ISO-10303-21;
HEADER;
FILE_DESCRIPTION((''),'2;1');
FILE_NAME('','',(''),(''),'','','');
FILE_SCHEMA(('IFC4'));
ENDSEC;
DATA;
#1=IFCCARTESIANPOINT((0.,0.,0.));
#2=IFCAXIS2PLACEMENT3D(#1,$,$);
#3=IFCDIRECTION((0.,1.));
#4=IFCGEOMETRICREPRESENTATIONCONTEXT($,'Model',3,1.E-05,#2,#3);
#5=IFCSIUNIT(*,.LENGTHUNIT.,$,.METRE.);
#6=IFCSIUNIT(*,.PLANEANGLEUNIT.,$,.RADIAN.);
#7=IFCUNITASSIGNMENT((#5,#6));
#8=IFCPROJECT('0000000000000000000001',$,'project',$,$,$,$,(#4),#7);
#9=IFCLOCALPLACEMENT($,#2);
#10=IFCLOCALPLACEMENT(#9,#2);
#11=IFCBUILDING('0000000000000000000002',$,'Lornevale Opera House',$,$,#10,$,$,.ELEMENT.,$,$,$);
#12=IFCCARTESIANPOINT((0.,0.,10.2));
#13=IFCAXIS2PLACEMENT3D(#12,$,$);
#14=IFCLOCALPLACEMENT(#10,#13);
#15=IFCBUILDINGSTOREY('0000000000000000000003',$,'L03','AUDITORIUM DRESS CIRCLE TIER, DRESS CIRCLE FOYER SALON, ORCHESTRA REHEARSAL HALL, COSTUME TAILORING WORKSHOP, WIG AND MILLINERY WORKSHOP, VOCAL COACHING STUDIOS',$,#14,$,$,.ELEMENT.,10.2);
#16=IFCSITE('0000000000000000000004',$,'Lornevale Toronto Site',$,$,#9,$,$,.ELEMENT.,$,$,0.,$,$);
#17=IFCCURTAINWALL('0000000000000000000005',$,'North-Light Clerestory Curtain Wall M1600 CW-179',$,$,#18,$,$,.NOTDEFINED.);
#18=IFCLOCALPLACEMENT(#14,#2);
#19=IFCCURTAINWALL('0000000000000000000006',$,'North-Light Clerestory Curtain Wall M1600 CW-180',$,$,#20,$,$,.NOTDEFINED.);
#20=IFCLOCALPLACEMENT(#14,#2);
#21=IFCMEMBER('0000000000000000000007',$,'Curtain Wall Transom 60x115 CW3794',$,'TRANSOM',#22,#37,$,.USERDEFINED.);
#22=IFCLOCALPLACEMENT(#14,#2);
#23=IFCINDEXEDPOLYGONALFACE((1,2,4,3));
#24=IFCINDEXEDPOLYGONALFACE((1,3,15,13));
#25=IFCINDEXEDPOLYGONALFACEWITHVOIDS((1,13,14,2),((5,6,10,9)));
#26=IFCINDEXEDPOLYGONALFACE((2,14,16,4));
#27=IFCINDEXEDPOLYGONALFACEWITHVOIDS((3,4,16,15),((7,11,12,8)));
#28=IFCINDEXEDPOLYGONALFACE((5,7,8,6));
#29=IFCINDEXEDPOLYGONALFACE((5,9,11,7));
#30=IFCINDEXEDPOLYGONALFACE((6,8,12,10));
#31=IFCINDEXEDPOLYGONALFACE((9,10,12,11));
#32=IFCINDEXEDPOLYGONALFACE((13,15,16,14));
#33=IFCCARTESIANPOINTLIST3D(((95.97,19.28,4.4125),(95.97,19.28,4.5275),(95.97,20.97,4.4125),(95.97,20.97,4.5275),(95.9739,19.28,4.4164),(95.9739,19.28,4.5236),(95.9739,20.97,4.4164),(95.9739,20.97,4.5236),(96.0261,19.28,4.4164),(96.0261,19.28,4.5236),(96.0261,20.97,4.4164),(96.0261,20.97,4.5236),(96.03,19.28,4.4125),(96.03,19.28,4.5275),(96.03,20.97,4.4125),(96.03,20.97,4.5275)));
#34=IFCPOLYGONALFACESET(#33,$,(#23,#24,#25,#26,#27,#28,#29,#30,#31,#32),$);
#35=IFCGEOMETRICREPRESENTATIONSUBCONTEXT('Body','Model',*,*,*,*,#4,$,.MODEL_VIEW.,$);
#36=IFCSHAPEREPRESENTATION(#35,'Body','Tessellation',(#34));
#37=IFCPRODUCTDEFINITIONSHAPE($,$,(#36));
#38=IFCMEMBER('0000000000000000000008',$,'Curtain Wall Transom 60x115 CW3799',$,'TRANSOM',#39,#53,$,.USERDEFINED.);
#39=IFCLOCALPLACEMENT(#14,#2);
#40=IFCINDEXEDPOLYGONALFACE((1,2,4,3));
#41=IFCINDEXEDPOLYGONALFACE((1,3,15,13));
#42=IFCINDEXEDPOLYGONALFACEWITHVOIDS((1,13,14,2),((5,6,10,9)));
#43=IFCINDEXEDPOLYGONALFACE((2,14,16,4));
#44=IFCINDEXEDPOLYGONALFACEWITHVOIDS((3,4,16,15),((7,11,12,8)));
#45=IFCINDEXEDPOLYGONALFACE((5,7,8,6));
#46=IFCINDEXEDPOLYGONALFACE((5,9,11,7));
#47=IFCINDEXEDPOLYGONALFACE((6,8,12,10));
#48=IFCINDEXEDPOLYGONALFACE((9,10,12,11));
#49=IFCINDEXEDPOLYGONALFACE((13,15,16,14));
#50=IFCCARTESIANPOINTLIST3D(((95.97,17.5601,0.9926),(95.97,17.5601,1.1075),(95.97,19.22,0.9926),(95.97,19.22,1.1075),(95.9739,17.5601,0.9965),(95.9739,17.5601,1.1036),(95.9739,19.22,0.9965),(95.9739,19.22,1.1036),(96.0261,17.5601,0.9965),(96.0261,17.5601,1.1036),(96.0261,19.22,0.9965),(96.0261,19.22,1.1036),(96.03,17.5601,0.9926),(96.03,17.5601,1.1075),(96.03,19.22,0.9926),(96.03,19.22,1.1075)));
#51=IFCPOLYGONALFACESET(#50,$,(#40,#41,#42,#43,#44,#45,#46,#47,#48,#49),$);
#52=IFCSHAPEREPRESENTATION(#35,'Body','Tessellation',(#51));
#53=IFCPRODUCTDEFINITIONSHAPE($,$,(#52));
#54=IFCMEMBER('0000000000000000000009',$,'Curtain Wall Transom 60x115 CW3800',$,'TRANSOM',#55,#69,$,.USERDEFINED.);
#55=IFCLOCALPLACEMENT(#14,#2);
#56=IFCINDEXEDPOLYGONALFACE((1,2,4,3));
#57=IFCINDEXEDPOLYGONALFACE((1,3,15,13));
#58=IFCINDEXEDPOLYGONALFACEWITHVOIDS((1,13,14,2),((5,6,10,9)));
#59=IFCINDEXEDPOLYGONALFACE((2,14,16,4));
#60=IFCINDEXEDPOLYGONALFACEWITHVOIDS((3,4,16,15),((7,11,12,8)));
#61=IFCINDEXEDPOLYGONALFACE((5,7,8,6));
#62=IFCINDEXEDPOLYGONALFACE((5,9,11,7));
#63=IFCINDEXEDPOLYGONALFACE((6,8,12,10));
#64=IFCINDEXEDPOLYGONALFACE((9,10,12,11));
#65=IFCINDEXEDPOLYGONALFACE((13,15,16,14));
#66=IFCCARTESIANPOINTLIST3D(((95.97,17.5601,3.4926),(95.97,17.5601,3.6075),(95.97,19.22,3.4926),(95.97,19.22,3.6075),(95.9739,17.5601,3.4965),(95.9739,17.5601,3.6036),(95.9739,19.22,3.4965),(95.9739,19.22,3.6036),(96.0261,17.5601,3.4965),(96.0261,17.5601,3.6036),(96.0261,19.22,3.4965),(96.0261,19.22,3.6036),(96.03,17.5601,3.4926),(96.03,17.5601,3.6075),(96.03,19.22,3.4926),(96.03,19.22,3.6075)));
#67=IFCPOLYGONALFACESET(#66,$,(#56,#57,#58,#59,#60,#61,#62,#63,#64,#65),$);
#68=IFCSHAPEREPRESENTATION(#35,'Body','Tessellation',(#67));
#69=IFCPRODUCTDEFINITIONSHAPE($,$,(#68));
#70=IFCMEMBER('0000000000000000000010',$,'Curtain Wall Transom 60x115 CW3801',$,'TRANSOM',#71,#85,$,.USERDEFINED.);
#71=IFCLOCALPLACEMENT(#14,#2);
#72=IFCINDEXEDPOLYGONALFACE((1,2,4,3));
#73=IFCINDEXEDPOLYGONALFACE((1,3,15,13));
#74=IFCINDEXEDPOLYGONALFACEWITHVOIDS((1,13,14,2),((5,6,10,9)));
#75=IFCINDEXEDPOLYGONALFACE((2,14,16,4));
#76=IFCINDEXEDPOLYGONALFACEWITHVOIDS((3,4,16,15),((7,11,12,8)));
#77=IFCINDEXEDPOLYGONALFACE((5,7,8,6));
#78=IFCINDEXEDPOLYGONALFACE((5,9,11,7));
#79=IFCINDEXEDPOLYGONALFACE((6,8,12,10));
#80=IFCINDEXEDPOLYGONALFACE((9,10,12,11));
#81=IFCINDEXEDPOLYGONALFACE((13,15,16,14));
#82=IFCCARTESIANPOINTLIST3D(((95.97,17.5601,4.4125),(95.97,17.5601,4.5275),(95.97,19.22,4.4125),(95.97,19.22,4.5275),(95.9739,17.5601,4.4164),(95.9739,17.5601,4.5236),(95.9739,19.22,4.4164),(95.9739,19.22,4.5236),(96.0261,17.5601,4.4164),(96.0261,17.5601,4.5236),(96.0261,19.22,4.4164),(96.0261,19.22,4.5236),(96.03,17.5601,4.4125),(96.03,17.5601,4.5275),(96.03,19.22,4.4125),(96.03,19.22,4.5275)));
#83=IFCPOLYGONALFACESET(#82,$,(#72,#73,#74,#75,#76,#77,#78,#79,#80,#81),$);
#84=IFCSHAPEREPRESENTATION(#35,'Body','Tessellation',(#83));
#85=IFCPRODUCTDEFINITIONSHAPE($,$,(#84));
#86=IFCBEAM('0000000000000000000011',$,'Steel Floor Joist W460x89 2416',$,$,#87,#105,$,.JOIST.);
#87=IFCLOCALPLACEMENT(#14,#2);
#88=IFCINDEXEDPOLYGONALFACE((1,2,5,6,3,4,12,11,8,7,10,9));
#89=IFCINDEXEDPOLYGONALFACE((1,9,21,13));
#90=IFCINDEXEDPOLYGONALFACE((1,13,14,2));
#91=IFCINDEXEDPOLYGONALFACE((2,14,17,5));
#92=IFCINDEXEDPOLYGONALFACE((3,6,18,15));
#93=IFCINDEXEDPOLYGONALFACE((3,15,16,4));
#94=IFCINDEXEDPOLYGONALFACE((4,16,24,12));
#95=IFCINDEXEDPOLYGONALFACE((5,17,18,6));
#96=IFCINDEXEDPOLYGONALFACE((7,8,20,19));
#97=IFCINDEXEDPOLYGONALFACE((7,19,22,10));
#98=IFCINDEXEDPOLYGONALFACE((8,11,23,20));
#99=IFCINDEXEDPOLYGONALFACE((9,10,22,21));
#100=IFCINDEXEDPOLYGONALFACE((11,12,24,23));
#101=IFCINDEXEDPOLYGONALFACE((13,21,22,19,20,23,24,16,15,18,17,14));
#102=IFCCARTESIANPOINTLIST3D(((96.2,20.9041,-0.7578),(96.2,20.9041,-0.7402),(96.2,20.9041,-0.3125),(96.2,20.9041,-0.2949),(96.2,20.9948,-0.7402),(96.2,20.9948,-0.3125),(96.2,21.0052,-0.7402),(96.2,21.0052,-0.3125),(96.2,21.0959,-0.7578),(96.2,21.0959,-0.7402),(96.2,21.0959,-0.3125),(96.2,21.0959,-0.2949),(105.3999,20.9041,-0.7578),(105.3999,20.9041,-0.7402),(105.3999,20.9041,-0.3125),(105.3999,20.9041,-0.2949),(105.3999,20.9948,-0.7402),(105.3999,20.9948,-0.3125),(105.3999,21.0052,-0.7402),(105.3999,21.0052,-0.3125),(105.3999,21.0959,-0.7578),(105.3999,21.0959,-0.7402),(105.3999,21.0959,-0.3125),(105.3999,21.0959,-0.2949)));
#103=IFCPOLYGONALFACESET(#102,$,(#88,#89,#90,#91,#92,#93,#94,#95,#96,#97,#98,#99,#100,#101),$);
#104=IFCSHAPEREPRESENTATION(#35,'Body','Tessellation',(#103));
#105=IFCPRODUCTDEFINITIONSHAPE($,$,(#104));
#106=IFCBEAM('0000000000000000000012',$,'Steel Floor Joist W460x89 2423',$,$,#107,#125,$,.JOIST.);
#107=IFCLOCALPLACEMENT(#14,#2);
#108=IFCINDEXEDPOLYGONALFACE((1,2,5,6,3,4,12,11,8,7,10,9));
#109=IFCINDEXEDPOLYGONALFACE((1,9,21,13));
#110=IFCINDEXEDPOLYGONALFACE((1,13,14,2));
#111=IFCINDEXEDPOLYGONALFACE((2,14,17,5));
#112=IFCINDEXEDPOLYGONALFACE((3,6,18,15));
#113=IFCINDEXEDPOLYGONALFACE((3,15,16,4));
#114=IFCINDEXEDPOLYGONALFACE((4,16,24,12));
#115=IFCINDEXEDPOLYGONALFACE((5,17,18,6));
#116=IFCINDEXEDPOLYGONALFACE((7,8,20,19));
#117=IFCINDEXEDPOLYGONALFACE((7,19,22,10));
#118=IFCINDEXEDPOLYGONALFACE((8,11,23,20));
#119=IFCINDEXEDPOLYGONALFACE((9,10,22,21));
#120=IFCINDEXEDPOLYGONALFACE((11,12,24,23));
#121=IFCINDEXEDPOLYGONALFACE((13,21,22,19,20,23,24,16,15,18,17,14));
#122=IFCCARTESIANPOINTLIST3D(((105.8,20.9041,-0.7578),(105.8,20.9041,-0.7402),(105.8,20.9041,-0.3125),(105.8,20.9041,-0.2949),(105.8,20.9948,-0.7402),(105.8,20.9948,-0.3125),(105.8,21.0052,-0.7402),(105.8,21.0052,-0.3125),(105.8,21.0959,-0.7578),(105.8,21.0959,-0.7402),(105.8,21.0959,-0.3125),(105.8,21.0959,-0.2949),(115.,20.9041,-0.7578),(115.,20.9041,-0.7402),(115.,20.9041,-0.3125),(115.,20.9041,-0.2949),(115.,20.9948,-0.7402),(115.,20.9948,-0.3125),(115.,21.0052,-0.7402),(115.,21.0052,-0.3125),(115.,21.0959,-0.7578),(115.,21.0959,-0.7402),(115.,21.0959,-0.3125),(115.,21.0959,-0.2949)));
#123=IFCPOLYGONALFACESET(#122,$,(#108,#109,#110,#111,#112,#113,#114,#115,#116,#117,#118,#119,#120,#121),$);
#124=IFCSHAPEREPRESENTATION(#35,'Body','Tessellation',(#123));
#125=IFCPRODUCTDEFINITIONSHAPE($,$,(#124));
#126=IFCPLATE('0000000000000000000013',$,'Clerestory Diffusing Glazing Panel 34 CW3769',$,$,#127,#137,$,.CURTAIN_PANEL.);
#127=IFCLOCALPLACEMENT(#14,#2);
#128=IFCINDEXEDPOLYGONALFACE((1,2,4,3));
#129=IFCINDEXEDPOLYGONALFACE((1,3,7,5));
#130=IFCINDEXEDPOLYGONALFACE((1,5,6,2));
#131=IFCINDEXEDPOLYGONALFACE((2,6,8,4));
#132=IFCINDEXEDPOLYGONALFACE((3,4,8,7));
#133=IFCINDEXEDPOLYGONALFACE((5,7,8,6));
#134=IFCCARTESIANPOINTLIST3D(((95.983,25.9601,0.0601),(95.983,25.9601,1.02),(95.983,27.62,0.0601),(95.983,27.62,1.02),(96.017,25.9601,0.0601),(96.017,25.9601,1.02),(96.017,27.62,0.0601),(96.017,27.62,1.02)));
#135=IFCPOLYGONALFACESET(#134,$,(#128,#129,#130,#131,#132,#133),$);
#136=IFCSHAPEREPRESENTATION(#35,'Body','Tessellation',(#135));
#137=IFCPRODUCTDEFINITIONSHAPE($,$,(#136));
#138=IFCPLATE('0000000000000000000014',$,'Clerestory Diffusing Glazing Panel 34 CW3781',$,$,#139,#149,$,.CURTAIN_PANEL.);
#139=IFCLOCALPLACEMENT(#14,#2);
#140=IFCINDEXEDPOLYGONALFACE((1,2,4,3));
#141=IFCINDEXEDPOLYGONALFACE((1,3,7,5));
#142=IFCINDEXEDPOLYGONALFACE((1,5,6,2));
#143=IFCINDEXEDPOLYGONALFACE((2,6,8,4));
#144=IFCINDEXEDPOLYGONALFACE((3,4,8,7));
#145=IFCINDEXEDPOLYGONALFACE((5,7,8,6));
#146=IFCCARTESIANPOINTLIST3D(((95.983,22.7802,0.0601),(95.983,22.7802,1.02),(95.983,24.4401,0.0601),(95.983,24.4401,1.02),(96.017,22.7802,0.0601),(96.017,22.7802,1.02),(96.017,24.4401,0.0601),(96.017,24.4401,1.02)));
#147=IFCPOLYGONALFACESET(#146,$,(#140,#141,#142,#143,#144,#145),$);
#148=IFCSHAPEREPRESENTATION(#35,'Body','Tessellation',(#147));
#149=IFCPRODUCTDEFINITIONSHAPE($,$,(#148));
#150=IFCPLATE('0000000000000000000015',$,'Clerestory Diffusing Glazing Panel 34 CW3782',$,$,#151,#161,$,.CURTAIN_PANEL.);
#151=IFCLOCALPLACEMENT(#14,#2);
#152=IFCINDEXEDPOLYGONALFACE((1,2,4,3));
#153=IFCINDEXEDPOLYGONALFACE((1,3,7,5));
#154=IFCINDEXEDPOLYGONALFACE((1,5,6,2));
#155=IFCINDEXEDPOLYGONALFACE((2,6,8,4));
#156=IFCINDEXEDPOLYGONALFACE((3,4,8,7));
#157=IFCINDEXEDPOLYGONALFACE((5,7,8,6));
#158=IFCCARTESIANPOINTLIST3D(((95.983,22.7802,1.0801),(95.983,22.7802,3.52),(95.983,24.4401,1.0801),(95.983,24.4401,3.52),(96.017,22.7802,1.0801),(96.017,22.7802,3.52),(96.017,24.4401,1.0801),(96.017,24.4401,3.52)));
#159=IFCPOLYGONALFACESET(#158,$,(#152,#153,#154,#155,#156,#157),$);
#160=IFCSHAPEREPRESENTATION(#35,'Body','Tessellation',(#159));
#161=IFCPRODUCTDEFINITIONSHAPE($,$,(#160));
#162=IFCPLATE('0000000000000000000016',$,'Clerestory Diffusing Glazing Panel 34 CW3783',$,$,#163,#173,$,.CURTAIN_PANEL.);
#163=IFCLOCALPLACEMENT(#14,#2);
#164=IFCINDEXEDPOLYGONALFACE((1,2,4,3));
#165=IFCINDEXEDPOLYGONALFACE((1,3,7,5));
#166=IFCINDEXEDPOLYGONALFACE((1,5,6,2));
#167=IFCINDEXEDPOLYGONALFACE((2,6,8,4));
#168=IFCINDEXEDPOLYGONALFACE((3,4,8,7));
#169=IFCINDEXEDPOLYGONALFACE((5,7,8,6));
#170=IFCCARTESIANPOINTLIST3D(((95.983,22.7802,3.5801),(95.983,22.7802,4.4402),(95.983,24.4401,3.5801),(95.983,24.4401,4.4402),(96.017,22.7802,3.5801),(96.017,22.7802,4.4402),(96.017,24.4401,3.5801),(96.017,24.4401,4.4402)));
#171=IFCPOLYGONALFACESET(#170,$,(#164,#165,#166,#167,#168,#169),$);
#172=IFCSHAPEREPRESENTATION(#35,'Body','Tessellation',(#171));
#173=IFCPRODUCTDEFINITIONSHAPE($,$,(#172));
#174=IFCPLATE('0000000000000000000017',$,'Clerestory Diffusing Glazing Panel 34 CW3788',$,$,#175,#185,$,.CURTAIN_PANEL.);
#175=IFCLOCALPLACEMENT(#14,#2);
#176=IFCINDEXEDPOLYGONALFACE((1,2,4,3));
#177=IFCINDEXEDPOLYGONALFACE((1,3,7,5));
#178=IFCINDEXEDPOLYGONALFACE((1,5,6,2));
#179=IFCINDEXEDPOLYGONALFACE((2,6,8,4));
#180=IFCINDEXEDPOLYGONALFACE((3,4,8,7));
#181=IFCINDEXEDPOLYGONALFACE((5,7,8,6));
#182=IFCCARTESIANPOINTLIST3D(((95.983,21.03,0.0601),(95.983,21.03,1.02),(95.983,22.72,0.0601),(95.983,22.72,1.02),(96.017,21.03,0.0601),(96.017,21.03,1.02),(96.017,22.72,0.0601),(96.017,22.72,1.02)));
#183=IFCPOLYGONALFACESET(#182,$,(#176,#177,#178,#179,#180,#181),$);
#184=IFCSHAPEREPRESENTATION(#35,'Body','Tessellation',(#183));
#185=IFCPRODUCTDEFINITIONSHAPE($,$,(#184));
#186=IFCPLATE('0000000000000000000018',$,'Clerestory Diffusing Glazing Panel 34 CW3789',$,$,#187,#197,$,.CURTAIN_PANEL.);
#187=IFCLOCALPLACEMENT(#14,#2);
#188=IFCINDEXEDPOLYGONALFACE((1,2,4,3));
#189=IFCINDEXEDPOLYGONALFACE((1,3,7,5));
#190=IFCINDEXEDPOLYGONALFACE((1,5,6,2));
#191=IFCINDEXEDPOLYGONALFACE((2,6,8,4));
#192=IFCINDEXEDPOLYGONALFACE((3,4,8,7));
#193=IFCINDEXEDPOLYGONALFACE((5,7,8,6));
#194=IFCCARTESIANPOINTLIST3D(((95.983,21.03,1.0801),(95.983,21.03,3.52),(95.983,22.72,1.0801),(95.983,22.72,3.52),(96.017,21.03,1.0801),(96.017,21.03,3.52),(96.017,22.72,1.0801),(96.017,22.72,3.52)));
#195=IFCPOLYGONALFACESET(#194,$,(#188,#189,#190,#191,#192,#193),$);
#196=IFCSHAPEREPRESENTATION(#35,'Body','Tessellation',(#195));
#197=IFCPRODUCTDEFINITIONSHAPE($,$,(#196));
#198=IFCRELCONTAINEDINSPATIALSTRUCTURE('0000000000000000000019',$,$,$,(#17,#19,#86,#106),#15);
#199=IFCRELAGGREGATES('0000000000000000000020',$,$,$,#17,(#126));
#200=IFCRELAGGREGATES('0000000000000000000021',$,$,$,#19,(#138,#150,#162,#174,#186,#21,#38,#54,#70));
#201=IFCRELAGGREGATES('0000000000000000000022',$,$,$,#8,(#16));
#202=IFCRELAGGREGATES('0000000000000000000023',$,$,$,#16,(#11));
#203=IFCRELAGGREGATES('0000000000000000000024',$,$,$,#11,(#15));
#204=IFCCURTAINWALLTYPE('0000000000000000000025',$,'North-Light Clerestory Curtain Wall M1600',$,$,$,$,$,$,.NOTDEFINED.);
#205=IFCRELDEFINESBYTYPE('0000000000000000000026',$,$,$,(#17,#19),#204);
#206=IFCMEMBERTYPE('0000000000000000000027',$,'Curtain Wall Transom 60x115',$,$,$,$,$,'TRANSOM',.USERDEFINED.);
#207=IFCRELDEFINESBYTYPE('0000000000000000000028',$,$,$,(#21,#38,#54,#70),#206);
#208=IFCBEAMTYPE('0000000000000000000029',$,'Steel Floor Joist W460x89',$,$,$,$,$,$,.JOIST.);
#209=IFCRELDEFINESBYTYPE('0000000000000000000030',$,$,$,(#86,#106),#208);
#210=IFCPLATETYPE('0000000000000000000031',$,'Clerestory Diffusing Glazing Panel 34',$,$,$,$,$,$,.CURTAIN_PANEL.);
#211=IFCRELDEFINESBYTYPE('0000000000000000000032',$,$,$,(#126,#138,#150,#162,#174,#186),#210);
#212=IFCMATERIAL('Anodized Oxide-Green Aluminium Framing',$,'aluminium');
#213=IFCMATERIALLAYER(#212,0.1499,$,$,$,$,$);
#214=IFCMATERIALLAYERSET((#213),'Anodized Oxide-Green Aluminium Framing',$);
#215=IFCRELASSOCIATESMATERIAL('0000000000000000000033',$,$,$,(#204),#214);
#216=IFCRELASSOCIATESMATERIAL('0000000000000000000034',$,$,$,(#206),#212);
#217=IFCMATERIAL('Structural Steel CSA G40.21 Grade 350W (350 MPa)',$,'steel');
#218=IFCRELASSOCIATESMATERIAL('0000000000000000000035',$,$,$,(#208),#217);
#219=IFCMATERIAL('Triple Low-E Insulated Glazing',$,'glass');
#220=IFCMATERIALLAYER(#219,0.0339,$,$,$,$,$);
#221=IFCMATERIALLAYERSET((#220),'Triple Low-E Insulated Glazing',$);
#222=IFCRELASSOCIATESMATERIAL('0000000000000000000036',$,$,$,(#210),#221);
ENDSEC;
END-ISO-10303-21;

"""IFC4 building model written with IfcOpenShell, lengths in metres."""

from ifc_helpers import new_model, si_unit, direction, frame, origin, origin_2d, place, context, subcontext, project, spatial, rectangle, hollow_rectangle, i_section, extrude, material, layer, layer_set, material_profile, profile_set, type_object, element, aggregate, save


model = new_model("IFC4")

# Units and contexts
model_context = context("Model", 3, precision=1e-05, world=origin(), true_north=direction((0.0, 1.0)))
body_context = subcontext(model_context, "Body", "Model", "MODEL_VIEW")
ifc_project = project(units=[si_unit("LENGTHUNIT", "METRE"), si_unit("PLANEANGLEUNIT", "RADIAN")], contexts=[model_context])

# Site, building, storey
site_placement = place(None, origin())
site = spatial("IfcSite", under=ifc_project, at=site_placement, Name="Lornevale Toronto Site", CompositionType="ELEMENT", RefElevation=0.0)
building_placement = place(site_placement, origin())
building = spatial("IfcBuilding", under=site, at=building_placement, Name="Lornevale Opera House", CompositionType="ELEMENT")
storey_placement = place(building_placement, frame((0.0, 0.0, 10.2)))
storey = spatial("IfcBuildingStorey", under=building, at=storey_placement, Name="L03", Description="AUDITORIUM DRESS CIRCLE TIER, DRESS CIRCLE FOYER SALON, ORCHESTRA REHEARSAL HALL, COSTUME TAILORING WORKSHOP, WIG AND MILLINERY WORKSHOP, VOCAL COACHING STUDIOS", CompositionType="ELEMENT", Elevation=10.2)

# Curtain wall
ifc_material_1 = material(Name="Anodized Oxide-Green Aluminium Framing", Category="aluminium")
ifc_layer_1 = layer(ifc_material_1, 0.1499)
ifc_layer_set_1 = layer_set([ifc_layer_1], Name="Anodized Oxide-Green Aluminium Framing")
curtain_wall_type = type_object("IfcCurtainWallType", Name="North-Light Clerestory Curtain Wall M1600", PredefinedType="NOTDEFINED", material=ifc_layer_set_1)
curtain_wall_1_placement = place(storey_placement, origin())
curtain_wall_1 = element("IfcCurtainWall", 1, at=curtain_wall_1_placement, inside=storey, type_object=curtain_wall_type, Name="North-Light Clerestory Curtain Wall M1600 CW-179", PredefinedType="NOTDEFINED")

# Curtain wall, members
curtain_wall_2_placement = place(storey_placement, origin())
curtain_wall_2 = element("IfcCurtainWall", 2, at=curtain_wall_2_placement, inside=storey, type_object=curtain_wall_type, Name="North-Light Clerestory Curtain Wall M1600 CW-180", PredefinedType="NOTDEFINED")
ifc_material_profile_1 = material_profile(ifc_material_1, hollow_rectangle(XDim=0.0601, YDim=0.115, WallThickness=0.0039, at=origin_2d()), Name="ALU60x115x4")
ifc_profile_set_1 = profile_set([ifc_material_profile_1], Name="Anodized Oxide-Green Aluminium Framing")
member_type_1 = type_object("IfcMemberType", Name="Curtain Wall Transom 60x115", ElementType="TRANSOM", PredefinedType="USERDEFINED", material=ifc_profile_set_1)
member_1_placement = place(storey_placement, frame((96.0, 20.97, 4.47), z_axis=(0.0, -1.0, 0.0), x_axis=(1.0, 0.0, 0.0)))
member_1 = element("IfcMember", 3, at=member_1_placement, type_object=member_type_1, Name="Curtain Wall Transom 60x115 CW3794", ObjectType="TRANSOM", PredefinedType="USERDEFINED", context=body_context, shape_type="SweptSolid", body=[
    extrude(hollow_rectangle(XDim=0.0601, YDim=0.115, WallThickness=0.0039, at=origin_2d()), origin(), (0.0, 0.0, 1.0), 1.6899),
])
member_2_placement = place(storey_placement, frame((96.0, 19.22, 1.05), z_axis=(0.0, -1.0, 0.0), x_axis=(1.0, 0.0, 0.0)))
member_2 = element("IfcMember", 4, at=member_2_placement, type_object=member_type_1, Name="Curtain Wall Transom 60x115 CW3799", ObjectType="TRANSOM", PredefinedType="USERDEFINED", context=body_context, shape_type="SweptSolid", body=[
    extrude(hollow_rectangle(XDim=0.0601, YDim=0.115, WallThickness=0.0039, at=origin_2d()), origin(), (0.0, 0.0, 1.0), 1.6599),
])
member_3_placement = place(storey_placement, frame((96.0, 19.22, 3.55), z_axis=(0.0, -1.0, 0.0), x_axis=(1.0, 0.0, 0.0)))
member_3 = element("IfcMember", 5, at=member_3_placement, type_object=member_type_1, Name="Curtain Wall Transom 60x115 CW3800", ObjectType="TRANSOM", PredefinedType="USERDEFINED", context=body_context, shape_type="SweptSolid", body=[
    extrude(hollow_rectangle(XDim=0.0601, YDim=0.115, WallThickness=0.0039, at=origin_2d()), origin(), (0.0, 0.0, 1.0), 1.6599),
])
member_4_placement = place(storey_placement, frame((96.0, 19.22, 4.47), z_axis=(0.0, -1.0, 0.0), x_axis=(1.0, 0.0, 0.0)))
member_4 = element("IfcMember", 6, at=member_4_placement, type_object=member_type_1, Name="Curtain Wall Transom 60x115 CW3801", ObjectType="TRANSOM", PredefinedType="USERDEFINED", context=body_context, shape_type="SweptSolid", body=[
    extrude(hollow_rectangle(XDim=0.0601, YDim=0.115, WallThickness=0.0039, at=origin_2d()), origin(), (0.0, 0.0, 1.0), 1.6599),
])

# Beams
ifc_material_2 = material(Name="Structural Steel CSA G40.21 Grade 350W (350 MPa)", Category="steel")
ifc_material_profile_2 = material_profile(ifc_material_2, i_section(OverallWidth=0.1919, OverallDepth=0.4629, WebThickness=0.0105, FlangeThickness=0.0176, at=origin_2d()), Name="W460x89")
ifc_profile_set_2 = profile_set([ifc_material_profile_2], Name="Structural Steel CSA G40.21 Grade 350W (350 MPa)")
beam_type_1 = type_object("IfcBeamType", Name="Steel Floor Joist W460x89", PredefinedType="JOIST", material=ifc_profile_set_2)
for number, where, z_axis, x_axis, name in (
    (7, (96.2, 21.0, -0.5264), (1.0, 0.0, 0.0), (0.0, 1.0, 0.0), "Steel Floor Joist W460x89 2416"),
    (8, (105.8, 21.0, -0.5264), (1.0, 0.0, 0.0), (0.0, 1.0, 0.0), "Steel Floor Joist W460x89 2423"),
):
    element("IfcBeam", number, at=place(storey_placement, frame(where, z_axis=z_axis, x_axis=x_axis)), inside=storey, type_object=beam_type_1, Name=name, PredefinedType="JOIST", context=body_context, shape_type="SweptSolid", body=[
        extrude(i_section(OverallWidth=0.1919, OverallDepth=0.4629, WebThickness=0.0105, FlangeThickness=0.0176, at=origin_2d()), origin(), (0.0, 0.0, 1.0), 9.2),
    ])

# Plates
ifc_material_3 = material(Name="Triple Low-E Insulated Glazing", Category="glass")
ifc_layer_2 = layer(ifc_material_3, 0.0339)
ifc_layer_set_2 = layer_set([ifc_layer_2], Name="Triple Low-E Insulated Glazing")
plate_type = type_object("IfcPlateType", Name="Clerestory Diffusing Glazing Panel 34", PredefinedType="CURTAIN_PANEL", material=ifc_layer_set_2)
plate_1_placement = place(storey_placement, frame((96.0, 26.79, 0.0601), z_axis=(0.0, 0.0, 1.0), x_axis=(0.0, -1.0, 0.0)))
plate_1 = element("IfcPlate", 9, at=plate_1_placement, type_object=plate_type, Name="Clerestory Diffusing Glazing Panel 34 CW3769", PredefinedType="CURTAIN_PANEL", context=body_context, shape_type="SweptSolid", body=[
    extrude(rectangle(XDim=1.6599, YDim=0.0339, at=origin_2d()), origin(), (0.0, 0.0, 1.0), 0.96),
])
aggregate(curtain_wall_1, [plate_1])
plate_2_placement = place(storey_placement, frame((96.0, 23.6101, 0.0601), z_axis=(0.0, 0.0, 1.0), x_axis=(0.0, -1.0, 0.0)))
plate_2 = element("IfcPlate", 10, at=plate_2_placement, type_object=plate_type, Name="Clerestory Diffusing Glazing Panel 34 CW3781", PredefinedType="CURTAIN_PANEL", context=body_context, shape_type="SweptSolid", body=[
    extrude(rectangle(XDim=1.6599, YDim=0.0339, at=origin_2d()), origin(), (0.0, 0.0, 1.0), 0.96),
])
plate_3_placement = place(storey_placement, frame((96.0, 23.6101, 1.0801), z_axis=(0.0, 0.0, 1.0), x_axis=(0.0, -1.0, 0.0)))
plate_3 = element("IfcPlate", 11, at=plate_3_placement, type_object=plate_type, Name="Clerestory Diffusing Glazing Panel 34 CW3782", PredefinedType="CURTAIN_PANEL", context=body_context, shape_type="SweptSolid", body=[
    extrude(rectangle(XDim=1.6599, YDim=0.0339, at=origin_2d()), origin(), (0.0, 0.0, 1.0), 2.4399),
])
plate_4_placement = place(storey_placement, frame((96.0, 23.6101, 3.5801), z_axis=(0.0, 0.0, 1.0), x_axis=(0.0, -1.0, 0.0)))
plate_4 = element("IfcPlate", 12, at=plate_4_placement, type_object=plate_type, Name="Clerestory Diffusing Glazing Panel 34 CW3783", PredefinedType="CURTAIN_PANEL", context=body_context, shape_type="SweptSolid", body=[
    extrude(rectangle(XDim=1.6599, YDim=0.0339, at=origin_2d()), origin(), (0.0, 0.0, 1.0), 0.8601),
])
plate_5_placement = place(storey_placement, frame((96.0, 21.875, 0.0601), z_axis=(0.0, 0.0, 1.0), x_axis=(0.0, -1.0, 0.0)))
plate_5 = element("IfcPlate", 13, at=plate_5_placement, type_object=plate_type, Name="Clerestory Diffusing Glazing Panel 34 CW3788", PredefinedType="CURTAIN_PANEL", context=body_context, shape_type="SweptSolid", body=[
    extrude(rectangle(XDim=1.6899, YDim=0.0339, at=origin_2d()), origin(), (0.0, 0.0, 1.0), 0.96),
])
plate_6_placement = place(storey_placement, frame((96.0, 21.875, 1.0801), z_axis=(0.0, 0.0, 1.0), x_axis=(0.0, -1.0, 0.0)))
plate_6 = element("IfcPlate", 14, at=plate_6_placement, type_object=plate_type, Name="Clerestory Diffusing Glazing Panel 34 CW3789", PredefinedType="CURTAIN_PANEL", context=body_context, shape_type="SweptSolid", body=[
    extrude(rectangle(XDim=1.6899, YDim=0.0339, at=origin_2d()), origin(), (0.0, 0.0, 1.0), 2.4399),
])
aggregate(curtain_wall_2, [plate_2, plate_3, plate_4, plate_5, plate_6, member_1, member_2, member_3, member_4])

save(model, "model.ifc")
